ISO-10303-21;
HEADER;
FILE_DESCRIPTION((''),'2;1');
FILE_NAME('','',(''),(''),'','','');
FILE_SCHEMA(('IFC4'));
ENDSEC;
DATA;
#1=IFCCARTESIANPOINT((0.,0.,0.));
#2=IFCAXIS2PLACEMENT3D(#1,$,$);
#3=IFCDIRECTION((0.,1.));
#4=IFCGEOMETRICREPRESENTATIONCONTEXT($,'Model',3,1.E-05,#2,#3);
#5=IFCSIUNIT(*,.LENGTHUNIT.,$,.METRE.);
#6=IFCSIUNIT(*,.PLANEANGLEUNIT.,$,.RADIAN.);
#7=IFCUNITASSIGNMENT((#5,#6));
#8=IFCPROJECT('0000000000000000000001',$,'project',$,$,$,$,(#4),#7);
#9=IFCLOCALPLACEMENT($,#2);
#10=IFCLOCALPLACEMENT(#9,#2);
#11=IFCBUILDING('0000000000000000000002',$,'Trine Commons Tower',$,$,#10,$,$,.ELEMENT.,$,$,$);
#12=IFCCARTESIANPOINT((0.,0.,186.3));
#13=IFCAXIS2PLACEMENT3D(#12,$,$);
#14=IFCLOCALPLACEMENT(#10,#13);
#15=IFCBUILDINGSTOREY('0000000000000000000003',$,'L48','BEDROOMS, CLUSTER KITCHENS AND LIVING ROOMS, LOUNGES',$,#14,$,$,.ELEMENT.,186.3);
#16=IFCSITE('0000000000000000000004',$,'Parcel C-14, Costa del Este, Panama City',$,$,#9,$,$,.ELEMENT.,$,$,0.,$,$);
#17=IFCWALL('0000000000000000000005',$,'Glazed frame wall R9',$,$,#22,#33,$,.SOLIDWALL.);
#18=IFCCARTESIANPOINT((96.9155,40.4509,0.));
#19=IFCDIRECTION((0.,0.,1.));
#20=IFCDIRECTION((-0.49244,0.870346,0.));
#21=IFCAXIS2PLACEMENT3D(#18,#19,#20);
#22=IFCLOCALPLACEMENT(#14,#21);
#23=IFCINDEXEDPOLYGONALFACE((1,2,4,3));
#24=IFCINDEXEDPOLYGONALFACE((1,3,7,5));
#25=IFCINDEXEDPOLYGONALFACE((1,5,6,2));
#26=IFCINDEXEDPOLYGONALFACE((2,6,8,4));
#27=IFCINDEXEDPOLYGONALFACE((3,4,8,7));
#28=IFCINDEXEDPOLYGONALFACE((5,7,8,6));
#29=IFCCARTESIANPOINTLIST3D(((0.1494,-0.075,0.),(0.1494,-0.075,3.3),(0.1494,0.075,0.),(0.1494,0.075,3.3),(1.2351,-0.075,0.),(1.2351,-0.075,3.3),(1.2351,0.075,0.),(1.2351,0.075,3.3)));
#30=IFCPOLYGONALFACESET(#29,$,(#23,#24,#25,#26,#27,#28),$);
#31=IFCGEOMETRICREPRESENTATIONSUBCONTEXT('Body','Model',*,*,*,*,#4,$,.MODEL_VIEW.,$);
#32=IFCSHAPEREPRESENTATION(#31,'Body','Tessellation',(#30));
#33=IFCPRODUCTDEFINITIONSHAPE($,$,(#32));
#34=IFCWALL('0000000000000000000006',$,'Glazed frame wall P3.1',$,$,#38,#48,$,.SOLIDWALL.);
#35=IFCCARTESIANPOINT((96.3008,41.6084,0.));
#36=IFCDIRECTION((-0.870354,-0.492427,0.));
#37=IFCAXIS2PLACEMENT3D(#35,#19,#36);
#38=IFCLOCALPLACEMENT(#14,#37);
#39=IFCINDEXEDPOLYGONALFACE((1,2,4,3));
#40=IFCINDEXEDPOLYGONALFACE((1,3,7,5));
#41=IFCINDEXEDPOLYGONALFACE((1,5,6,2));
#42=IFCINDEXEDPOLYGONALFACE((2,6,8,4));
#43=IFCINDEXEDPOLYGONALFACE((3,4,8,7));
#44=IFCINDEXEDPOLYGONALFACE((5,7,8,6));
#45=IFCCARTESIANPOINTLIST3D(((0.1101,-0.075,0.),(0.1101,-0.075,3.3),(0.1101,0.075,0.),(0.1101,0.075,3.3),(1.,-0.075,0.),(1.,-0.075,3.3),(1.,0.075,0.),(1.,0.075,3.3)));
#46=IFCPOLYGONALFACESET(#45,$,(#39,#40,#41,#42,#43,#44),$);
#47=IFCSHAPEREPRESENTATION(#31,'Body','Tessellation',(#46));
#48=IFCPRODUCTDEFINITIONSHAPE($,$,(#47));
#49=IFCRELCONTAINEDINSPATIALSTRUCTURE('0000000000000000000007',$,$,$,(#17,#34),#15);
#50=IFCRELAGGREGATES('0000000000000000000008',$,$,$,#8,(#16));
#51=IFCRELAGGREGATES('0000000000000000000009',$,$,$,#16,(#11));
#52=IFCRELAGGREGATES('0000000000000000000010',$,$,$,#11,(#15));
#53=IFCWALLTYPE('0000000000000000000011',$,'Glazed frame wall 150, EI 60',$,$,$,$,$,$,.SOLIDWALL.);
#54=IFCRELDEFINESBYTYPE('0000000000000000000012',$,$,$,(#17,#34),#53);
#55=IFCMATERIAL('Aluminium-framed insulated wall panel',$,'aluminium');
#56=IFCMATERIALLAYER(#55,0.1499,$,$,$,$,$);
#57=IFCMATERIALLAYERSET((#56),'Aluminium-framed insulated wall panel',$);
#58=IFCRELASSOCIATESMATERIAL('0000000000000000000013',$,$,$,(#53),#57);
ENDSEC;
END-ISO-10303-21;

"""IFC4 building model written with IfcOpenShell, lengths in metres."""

from ifc_helpers import new_model, si_unit, direction, frame, origin, place, context, subcontext, project, spatial, polyline, outline, extrude, material, layer, layer_set, type_object, element, save


model = new_model("IFC4")

# Units and contexts
model_context = context("Model", 3, precision=1e-05, world=origin(), true_north=direction((0.0, 1.0)))
body_context = subcontext(model_context, "Body", "Model", "MODEL_VIEW")
ifc_project = project(units=[si_unit("LENGTHUNIT", "METRE"), si_unit("PLANEANGLEUNIT", "RADIAN")], contexts=[model_context])

# Site, building, storey
site_placement = place(None, origin())
site = spatial("IfcSite", under=ifc_project, at=site_placement, Name="Parcel C-14, Costa del Este, Panama City", CompositionType="ELEMENT", RefElevation=0.0)
building_placement = place(site_placement, origin())
building = spatial("IfcBuilding", under=site, at=building_placement, Name="Trine Commons Tower", CompositionType="ELEMENT")
storey_placement = place(building_placement, frame((0.0, 0.0, 186.3)))
storey = spatial("IfcBuildingStorey", under=building, at=storey_placement, Name="L48", Description="BEDROOMS, CLUSTER KITCHENS AND LIVING ROOMS, LOUNGES", CompositionType="ELEMENT", Elevation=186.3)

# Walls
ifc_material_1 = material(Name="Aluminium-framed insulated wall panel", Category="aluminium")
ifc_layer_1 = layer(ifc_material_1, 0.1499)
ifc_layer_set_1 = layer_set([ifc_layer_1], Name="Aluminium-framed insulated wall panel")
wall_type_1 = type_object("IfcWallType", Name="Glazed frame wall 150, EI 60", PredefinedType="SOLIDWALL", material=ifc_layer_set_1)
wall_1_placement = place(storey_placement, frame((96.9155, 40.4509, 0.0), z_axis=(0.0, 0.0, 1.0), x_axis=(-0.49244, 0.870346, 0.0)))
element("IfcWall", 1, at=wall_1_placement, inside=storey, type_object=wall_type_1, Name="Glazed frame wall R9", PredefinedType="SOLIDWALL", context=body_context, shape_type="SweptSolid", body=[
    extrude(outline(polyline([(0.1494, 0.075), (0.1494, -0.075), (1.2351, -0.075), (1.2351, 0.075), (0.1494, 0.075)])), origin(), (0.0, 0.0, 1.0), 3.3),
])
wall_2_placement = place(storey_placement, frame((96.3008, 41.6084, 0.0), z_axis=(0.0, 0.0, 1.0), x_axis=(-0.870354, -0.492427, 0.0)))
element("IfcWall", 2, at=wall_2_placement, inside=storey, type_object=wall_type_1, Name="Glazed frame wall P3.1", PredefinedType="SOLIDWALL", context=body_context, shape_type="SweptSolid", body=[
    extrude(outline(polyline([(0.1101, -0.075), (1.0, -0.075), (1.0, 0.075), (0.1101, 0.075), (0.1101, -0.075)])), origin(), (0.0, 0.0, 1.0), 3.3),
])

save(model, "model.ifc")
